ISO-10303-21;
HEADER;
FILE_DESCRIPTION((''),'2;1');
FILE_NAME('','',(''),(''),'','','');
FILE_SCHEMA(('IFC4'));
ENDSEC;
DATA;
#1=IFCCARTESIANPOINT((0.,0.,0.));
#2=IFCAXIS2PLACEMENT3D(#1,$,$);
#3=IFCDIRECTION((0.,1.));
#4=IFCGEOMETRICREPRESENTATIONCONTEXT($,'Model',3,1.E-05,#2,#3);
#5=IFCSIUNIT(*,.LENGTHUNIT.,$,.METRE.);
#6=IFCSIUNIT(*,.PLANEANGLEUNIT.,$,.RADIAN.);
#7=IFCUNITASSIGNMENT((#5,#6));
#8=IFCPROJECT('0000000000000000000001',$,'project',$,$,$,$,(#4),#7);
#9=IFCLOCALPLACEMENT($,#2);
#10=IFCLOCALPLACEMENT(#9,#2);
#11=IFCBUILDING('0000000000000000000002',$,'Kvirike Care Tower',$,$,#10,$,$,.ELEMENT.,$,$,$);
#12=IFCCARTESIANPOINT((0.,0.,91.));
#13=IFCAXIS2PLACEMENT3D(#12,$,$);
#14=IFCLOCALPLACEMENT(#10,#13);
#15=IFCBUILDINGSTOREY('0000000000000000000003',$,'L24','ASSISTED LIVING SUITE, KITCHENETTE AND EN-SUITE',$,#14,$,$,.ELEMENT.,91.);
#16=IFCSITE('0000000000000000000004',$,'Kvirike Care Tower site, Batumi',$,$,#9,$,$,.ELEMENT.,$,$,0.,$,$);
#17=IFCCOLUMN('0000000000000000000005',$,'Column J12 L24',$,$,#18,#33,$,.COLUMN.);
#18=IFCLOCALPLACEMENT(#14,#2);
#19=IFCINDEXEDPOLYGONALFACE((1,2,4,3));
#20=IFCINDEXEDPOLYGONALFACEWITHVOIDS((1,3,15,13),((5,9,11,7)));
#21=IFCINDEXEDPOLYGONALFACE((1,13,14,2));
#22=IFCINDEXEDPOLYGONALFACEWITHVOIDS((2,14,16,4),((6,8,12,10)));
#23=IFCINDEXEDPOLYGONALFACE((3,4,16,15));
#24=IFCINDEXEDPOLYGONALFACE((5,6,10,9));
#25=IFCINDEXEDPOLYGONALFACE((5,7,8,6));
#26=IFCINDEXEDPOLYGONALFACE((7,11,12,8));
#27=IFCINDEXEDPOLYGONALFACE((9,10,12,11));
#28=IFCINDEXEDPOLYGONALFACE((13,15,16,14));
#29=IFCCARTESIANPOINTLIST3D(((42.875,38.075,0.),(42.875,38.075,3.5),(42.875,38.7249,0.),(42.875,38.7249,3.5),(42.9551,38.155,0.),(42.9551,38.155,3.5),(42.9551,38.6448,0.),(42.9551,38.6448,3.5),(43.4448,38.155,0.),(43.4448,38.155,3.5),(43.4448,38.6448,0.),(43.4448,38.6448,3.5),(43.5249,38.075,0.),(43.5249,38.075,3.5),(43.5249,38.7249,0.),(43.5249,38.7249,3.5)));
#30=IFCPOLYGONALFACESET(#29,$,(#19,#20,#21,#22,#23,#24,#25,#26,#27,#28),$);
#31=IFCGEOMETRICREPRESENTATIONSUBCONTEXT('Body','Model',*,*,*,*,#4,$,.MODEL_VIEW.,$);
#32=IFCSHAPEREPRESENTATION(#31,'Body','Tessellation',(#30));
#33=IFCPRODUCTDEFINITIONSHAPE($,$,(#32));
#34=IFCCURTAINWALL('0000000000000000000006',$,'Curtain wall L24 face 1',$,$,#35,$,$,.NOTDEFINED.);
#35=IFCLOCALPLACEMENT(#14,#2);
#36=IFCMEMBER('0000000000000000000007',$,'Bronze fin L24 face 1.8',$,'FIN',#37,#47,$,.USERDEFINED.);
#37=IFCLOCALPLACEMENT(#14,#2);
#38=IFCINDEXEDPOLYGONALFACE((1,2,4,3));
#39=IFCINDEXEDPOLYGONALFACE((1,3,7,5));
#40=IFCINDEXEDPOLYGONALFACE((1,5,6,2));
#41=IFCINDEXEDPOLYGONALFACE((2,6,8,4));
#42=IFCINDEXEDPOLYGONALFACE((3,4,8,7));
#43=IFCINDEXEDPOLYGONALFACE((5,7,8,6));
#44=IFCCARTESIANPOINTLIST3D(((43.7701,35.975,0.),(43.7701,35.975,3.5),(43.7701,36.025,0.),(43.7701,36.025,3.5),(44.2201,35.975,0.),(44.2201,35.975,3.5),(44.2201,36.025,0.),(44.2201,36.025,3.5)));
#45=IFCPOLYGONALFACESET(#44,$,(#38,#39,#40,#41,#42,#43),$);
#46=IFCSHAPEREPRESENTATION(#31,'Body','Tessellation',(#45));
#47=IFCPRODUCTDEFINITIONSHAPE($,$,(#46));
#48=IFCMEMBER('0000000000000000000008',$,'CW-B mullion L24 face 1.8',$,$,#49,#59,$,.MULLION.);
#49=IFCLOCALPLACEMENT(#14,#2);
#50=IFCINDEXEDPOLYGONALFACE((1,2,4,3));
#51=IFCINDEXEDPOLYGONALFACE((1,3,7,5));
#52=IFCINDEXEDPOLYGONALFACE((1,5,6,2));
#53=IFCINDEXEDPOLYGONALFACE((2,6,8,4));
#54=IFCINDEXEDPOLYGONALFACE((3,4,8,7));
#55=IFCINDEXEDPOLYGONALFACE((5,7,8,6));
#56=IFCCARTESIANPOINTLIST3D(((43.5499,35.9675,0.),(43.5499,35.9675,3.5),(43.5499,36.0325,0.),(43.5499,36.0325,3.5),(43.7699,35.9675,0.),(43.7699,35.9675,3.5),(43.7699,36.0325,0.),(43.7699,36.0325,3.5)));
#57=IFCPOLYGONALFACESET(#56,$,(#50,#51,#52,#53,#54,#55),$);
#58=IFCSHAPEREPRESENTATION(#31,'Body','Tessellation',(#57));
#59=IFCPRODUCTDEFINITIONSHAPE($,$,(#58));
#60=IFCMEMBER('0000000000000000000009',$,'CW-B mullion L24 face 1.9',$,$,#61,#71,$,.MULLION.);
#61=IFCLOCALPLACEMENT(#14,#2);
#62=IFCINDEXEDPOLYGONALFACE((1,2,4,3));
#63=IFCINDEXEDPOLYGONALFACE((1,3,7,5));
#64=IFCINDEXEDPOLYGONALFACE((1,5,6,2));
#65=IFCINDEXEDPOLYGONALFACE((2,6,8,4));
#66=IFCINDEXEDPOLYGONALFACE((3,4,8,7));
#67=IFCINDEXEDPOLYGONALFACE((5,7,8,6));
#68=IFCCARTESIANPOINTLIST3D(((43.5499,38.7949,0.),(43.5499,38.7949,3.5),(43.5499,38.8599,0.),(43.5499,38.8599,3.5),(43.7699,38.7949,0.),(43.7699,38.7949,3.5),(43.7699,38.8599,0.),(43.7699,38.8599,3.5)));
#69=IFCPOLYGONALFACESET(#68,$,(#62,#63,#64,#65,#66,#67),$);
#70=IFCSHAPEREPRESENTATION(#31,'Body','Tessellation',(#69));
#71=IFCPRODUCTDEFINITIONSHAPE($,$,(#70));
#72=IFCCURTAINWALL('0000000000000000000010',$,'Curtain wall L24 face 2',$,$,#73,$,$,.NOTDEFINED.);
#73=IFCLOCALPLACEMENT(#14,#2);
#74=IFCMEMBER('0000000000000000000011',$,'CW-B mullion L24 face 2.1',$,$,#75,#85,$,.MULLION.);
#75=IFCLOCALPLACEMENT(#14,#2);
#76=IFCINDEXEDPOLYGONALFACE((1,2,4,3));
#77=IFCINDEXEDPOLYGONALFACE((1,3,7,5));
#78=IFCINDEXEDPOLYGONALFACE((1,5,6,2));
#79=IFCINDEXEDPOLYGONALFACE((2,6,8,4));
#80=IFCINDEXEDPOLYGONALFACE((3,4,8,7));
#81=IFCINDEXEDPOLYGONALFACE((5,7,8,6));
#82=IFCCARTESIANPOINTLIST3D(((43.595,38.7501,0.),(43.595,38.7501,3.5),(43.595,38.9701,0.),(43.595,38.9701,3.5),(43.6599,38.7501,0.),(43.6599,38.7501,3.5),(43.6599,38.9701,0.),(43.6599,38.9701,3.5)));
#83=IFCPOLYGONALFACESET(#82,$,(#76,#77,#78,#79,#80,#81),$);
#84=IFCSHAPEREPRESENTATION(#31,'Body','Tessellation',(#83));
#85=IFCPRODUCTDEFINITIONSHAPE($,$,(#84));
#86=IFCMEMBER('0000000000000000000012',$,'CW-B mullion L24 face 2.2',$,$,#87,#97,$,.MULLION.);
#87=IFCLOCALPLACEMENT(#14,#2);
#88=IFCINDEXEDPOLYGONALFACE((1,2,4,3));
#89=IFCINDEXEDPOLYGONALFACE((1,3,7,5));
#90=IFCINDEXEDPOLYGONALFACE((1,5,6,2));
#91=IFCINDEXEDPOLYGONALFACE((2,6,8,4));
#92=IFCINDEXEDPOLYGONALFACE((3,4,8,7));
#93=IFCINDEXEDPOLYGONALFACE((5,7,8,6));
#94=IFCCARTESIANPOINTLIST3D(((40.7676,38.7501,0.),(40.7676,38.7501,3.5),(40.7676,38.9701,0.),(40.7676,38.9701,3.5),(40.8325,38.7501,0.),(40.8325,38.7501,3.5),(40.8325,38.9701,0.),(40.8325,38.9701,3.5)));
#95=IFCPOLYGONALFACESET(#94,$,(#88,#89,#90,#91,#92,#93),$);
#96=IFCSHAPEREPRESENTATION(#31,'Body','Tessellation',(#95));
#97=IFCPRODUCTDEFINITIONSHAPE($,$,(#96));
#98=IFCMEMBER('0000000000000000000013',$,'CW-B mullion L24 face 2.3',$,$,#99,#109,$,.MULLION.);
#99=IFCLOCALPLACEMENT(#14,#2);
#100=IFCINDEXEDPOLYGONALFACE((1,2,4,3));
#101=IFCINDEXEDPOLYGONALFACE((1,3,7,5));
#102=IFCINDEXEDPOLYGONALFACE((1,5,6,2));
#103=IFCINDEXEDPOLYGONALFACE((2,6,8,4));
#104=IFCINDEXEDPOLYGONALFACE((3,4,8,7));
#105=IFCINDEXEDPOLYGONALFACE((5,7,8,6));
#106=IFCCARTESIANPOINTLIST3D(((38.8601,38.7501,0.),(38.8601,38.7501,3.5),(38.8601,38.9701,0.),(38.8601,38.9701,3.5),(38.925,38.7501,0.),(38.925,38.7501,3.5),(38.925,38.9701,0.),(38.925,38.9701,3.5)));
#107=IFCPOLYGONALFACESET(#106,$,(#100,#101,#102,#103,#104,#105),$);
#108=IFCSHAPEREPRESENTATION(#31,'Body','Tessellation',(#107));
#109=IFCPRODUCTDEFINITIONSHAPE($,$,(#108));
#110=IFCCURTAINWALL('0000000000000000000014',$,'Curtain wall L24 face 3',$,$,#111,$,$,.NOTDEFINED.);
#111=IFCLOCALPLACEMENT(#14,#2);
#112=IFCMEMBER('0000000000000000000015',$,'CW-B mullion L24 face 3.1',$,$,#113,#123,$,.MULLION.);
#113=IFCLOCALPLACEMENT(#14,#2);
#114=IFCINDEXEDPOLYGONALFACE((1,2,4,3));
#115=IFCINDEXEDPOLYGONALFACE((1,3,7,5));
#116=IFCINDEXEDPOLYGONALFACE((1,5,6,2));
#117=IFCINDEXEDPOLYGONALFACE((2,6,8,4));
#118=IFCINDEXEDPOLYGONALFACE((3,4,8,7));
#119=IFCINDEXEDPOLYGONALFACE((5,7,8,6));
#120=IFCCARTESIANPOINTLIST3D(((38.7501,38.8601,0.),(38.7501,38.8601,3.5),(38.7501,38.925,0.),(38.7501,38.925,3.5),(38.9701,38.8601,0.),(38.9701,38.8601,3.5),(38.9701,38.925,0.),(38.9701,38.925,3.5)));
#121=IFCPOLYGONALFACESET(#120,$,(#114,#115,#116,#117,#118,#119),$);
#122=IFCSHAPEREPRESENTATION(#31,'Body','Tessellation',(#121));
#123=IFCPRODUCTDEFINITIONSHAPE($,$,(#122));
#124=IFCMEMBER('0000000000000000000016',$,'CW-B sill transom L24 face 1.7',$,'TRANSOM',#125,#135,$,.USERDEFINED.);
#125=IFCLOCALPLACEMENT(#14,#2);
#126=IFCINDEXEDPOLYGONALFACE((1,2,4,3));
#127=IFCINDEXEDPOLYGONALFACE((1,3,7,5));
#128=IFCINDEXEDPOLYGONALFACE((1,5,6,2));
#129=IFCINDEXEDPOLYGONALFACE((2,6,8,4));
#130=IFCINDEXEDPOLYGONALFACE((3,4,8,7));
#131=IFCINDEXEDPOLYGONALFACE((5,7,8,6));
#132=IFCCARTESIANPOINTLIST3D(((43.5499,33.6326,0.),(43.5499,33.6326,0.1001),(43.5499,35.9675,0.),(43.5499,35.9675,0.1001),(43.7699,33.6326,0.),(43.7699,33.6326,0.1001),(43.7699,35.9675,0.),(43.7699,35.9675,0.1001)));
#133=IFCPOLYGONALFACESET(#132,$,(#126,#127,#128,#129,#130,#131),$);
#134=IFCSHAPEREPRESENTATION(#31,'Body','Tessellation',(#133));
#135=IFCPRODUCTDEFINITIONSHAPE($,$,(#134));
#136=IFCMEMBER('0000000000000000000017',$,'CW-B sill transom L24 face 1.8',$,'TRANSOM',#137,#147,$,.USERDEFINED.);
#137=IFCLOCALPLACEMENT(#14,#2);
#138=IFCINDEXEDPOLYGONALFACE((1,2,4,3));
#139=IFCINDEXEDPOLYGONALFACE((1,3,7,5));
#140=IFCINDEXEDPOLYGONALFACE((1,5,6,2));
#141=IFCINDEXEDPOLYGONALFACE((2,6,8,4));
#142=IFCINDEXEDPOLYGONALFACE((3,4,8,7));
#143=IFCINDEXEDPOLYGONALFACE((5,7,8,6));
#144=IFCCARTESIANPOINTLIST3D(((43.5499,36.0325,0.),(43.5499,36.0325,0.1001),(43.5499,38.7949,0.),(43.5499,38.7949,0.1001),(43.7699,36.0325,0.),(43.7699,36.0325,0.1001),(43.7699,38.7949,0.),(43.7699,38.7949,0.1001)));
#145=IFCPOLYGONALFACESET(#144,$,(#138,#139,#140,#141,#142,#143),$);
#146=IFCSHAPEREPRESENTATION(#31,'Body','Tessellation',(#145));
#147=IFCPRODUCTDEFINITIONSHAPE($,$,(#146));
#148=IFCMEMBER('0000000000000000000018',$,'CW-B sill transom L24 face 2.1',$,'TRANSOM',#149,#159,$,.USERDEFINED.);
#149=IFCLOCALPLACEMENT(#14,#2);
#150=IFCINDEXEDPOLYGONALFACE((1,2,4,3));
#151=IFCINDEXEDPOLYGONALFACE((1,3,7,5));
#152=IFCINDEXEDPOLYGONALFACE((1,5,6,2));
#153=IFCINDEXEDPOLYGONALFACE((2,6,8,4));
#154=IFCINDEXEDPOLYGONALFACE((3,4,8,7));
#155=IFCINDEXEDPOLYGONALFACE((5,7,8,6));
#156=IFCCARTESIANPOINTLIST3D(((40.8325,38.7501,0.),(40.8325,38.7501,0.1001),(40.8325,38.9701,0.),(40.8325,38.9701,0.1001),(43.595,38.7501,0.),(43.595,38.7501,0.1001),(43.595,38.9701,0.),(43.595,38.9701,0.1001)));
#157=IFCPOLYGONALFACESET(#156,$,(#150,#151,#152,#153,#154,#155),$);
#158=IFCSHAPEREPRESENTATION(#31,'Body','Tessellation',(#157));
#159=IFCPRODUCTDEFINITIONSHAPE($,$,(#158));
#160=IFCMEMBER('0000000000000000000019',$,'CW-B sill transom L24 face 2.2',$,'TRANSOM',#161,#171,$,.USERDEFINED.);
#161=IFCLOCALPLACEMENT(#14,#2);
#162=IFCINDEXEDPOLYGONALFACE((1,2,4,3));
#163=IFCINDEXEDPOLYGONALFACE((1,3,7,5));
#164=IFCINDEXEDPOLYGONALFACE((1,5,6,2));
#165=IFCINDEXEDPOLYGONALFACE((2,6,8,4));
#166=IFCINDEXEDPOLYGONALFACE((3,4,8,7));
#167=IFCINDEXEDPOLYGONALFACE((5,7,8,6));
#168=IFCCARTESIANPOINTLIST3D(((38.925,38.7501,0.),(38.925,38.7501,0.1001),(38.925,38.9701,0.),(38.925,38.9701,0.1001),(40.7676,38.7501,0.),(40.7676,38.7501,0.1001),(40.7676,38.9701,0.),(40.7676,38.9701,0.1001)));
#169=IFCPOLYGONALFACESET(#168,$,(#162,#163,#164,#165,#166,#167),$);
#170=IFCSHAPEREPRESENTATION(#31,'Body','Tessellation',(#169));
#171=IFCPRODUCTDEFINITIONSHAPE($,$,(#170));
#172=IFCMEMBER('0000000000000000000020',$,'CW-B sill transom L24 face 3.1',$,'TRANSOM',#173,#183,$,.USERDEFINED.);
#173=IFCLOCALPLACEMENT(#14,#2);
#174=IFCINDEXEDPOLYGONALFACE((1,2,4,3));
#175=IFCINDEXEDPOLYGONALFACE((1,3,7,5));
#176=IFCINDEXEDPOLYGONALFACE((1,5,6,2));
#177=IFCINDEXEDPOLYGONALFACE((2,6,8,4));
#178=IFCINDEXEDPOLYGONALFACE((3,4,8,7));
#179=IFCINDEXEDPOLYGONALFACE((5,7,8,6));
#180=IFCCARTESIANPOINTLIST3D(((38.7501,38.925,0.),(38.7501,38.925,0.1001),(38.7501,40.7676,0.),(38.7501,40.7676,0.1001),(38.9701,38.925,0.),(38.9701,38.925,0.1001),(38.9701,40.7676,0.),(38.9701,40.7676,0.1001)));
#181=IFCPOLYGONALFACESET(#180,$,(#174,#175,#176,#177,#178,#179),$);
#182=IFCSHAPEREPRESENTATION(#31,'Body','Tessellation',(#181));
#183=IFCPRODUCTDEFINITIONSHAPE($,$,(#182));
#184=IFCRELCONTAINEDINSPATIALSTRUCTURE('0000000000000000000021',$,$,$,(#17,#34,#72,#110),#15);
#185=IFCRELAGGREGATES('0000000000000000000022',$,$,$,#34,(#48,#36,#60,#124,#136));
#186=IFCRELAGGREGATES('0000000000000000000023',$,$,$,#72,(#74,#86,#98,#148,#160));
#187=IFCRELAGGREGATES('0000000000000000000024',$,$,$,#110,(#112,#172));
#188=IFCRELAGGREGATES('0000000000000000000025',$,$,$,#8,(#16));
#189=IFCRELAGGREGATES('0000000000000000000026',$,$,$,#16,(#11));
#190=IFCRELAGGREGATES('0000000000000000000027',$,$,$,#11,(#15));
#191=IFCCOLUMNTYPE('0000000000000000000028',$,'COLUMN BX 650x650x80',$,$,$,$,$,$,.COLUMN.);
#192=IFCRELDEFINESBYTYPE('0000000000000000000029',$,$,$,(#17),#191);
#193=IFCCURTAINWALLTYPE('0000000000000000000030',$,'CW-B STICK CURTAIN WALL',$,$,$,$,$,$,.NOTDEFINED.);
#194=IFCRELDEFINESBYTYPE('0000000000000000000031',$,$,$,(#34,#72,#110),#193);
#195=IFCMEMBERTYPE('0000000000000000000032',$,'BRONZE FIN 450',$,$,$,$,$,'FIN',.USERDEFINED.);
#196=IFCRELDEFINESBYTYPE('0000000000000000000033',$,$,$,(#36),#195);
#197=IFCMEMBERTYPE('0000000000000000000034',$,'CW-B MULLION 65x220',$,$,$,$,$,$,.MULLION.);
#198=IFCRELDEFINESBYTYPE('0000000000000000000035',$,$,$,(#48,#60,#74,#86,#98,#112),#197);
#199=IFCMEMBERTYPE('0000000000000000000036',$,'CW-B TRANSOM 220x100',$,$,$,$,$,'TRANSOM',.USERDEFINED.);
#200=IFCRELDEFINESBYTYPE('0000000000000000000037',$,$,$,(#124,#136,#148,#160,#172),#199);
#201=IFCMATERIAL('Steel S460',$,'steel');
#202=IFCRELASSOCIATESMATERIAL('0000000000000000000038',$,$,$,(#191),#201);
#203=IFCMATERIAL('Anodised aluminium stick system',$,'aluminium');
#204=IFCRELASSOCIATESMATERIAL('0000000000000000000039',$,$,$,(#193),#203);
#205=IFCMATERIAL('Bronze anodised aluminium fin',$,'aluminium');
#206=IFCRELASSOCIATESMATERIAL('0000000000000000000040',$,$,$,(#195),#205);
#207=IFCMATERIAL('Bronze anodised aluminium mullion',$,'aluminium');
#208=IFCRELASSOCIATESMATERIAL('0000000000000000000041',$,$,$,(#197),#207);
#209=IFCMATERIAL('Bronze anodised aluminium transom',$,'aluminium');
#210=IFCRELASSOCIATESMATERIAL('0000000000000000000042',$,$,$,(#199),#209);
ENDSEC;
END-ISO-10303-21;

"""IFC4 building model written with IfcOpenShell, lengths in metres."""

from ifc_helpers import new_model, si_unit, direction, frame, origin, origin_2d, place, context, subcontext, project, spatial, rectangle, hollow_rectangle, extrude, material, material_profile, profile_set, type_object, element, aggregate, save


model = new_model("IFC4")

# Units and contexts
model_context = context("Model", 3, precision=1e-05, world=origin(), true_north=direction((0.0, 1.0)))
body_context = subcontext(model_context, "Body", "Model", "MODEL_VIEW")
ifc_project = project(units=[si_unit("LENGTHUNIT", "METRE"), si_unit("PLANEANGLEUNIT", "RADIAN")], contexts=[model_context])

# Site, building, storey
site_placement = place(None, origin())
site = spatial("IfcSite", under=ifc_project, at=site_placement, Name="Kvirike Care Tower site, Batumi", CompositionType="ELEMENT", RefElevation=0.0)
building_placement = place(site_placement, origin())
building = spatial("IfcBuilding", under=site, at=building_placement, Name="Kvirike Care Tower", CompositionType="ELEMENT")
storey_placement = place(building_placement, frame((0.0, 0.0, 91.0)))
storey = spatial("IfcBuildingStorey", under=building, at=storey_placement, Name="L24", Description="ASSISTED LIVING SUITE, KITCHENETTE AND EN-SUITE", CompositionType="ELEMENT", Elevation=91.0)

# Column
ifc_material_1 = material(Name="Steel S460", Category="steel")
ifc_material_profile_1 = material_profile(ifc_material_1, hollow_rectangle(XDim=0.6499, YDim=0.6499, WallThickness=0.0801, at=origin_2d()), Name="BX 650x650x80")
ifc_profile_set_1 = profile_set([ifc_material_profile_1], Name="Steel S460")
column_type = type_object("IfcColumnType", Name="COLUMN BX 650x650x80", PredefinedType="COLUMN", material=ifc_profile_set_1)
column_placement = place(storey_placement, frame((43.2, 38.3999, 0.0), z_axis=(0.0, 0.0, 1.0), x_axis=(0.0, 1.0, 0.0)))
element("IfcColumn", 1, at=column_placement, inside=storey, type_object=column_type, Name="Column J12 L24", PredefinedType="COLUMN", context=body_context, shape_type="SweptSolid", body=[
    extrude(hollow_rectangle(XDim=0.6499, YDim=0.6499, WallThickness=0.0801, at=origin_2d()), origin(), (0.0, 0.0, 1.0), 3.5),
])

# Curtain walls, members
ifc_material_2 = material(Name="Anodised aluminium stick system", Category="aluminium")
curtain_wall_type = type_object("IfcCurtainWallType", Name="CW-B STICK CURTAIN WALL", PredefinedType="NOTDEFINED", material=ifc_material_2)
curtain_wall_1_placement = place(storey_placement, origin())
curtain_wall_1 = element("IfcCurtainWall", 2, at=curtain_wall_1_placement, inside=storey, type_object=curtain_wall_type, Name="Curtain wall L24 face 1", PredefinedType="NOTDEFINED")
ifc_material_3 = material(Name="Bronze anodised aluminium fin", Category="aluminium")
ifc_material_profile_2 = material_profile(ifc_material_3, rectangle(XDim=0.05, YDim=0.45, at=origin_2d()), Name="BRONZE FIN 450")
ifc_profile_set_2 = profile_set([ifc_material_profile_2], Name="Bronze anodised aluminium fin")
member_type_1 = type_object("IfcMemberType", Name="BRONZE FIN 450", ElementType="FIN", PredefinedType="USERDEFINED", material=ifc_profile_set_2)
member_1_placement = place(storey_placement, frame((43.9951, 36.0, 0.0), z_axis=(0.0, 0.0, 1.0), x_axis=(0.0, 1.0, 0.0)))
member_1 = element("IfcMember", 3, at=member_1_placement, type_object=member_type_1, Name="Bronze fin L24 face 1.8", ObjectType="FIN", PredefinedType="USERDEFINED", context=body_context, shape_type="SweptSolid", body=[
    extrude(rectangle(XDim=0.05, YDim=0.45, at=origin_2d()), origin(), (0.0, 0.0, 1.0), 3.5),
])
ifc_material_4 = material(Name="Bronze anodised aluminium mullion", Category="aluminium")
ifc_material_profile_3 = material_profile(ifc_material_4, rectangle(XDim=0.0649, YDim=0.22, at=origin_2d()), Name="CW-B MULLION 65x220")
ifc_profile_set_3 = profile_set([ifc_material_profile_3], Name="Bronze anodised aluminium mullion")
member_type_2 = type_object("IfcMemberType", Name="CW-B MULLION 65x220", PredefinedType="MULLION", material=ifc_profile_set_3)
member_2_placement = place(storey_placement, frame((43.6599, 36.0, 0.0), z_axis=(0.0, 0.0, 1.0), x_axis=(0.0, 1.0, 0.0)))
member_2 = element("IfcMember", 4, at=member_2_placement, type_object=member_type_2, Name="CW-B mullion L24 face 1.8", PredefinedType="MULLION", context=body_context, shape_type="SweptSolid", body=[
    extrude(rectangle(XDim=0.0649, YDim=0.22, at=origin_2d()), origin(), (0.0, 0.0, 1.0), 3.5),
])
member_3_placement = place(storey_placement, frame((43.6599, 38.8274, 0.0), z_axis=(0.0, 0.0, 1.0), x_axis=(0.0, 1.0, 0.0)))
member_3 = element("IfcMember", 5, at=member_3_placement, type_object=member_type_2, Name="CW-B mullion L24 face 1.9", PredefinedType="MULLION", context=body_context, shape_type="SweptSolid", body=[
    extrude(rectangle(XDim=0.0649, YDim=0.22, at=origin_2d()), origin(), (0.0, 0.0, 1.0), 3.5),
])
curtain_wall_2_placement = place(storey_placement, origin())
curtain_wall_2 = element("IfcCurtainWall", 6, at=curtain_wall_2_placement, inside=storey, type_object=curtain_wall_type, Name="Curtain wall L24 face 2", PredefinedType="NOTDEFINED")
member_4_placement = place(storey_placement, frame((43.6274, 38.8601, 0.0), z_axis=(0.0, 0.0, 1.0), x_axis=(-1.0, 0.0, 0.0)))
member_4 = element("IfcMember", 7, at=member_4_placement, type_object=member_type_2, Name="CW-B mullion L24 face 2.1", PredefinedType="MULLION", context=body_context, shape_type="SweptSolid", body=[
    extrude(rectangle(XDim=0.0649, YDim=0.22, at=origin_2d()), origin(), (0.0, 0.0, 1.0), 3.5),
])
member_5_placement = place(storey_placement, frame((40.8, 38.8601, 0.0), z_axis=(0.0, 0.0, 1.0), x_axis=(-1.0, 0.0, 0.0)))
member_5 = element("IfcMember", 8, at=member_5_placement, type_object=member_type_2, Name="CW-B mullion L24 face 2.2", PredefinedType="MULLION", context=body_context, shape_type="SweptSolid", body=[
    extrude(rectangle(XDim=0.0649, YDim=0.22, at=origin_2d()), origin(), (0.0, 0.0, 1.0), 3.5),
])
member_6_placement = place(storey_placement, frame((38.8926, 38.8601, 0.0), z_axis=(0.0, 0.0, 1.0), x_axis=(-1.0, 0.0, 0.0)))
member_6 = element("IfcMember", 9, at=member_6_placement, type_object=member_type_2, Name="CW-B mullion L24 face 2.3", PredefinedType="MULLION", context=body_context, shape_type="SweptSolid", body=[
    extrude(rectangle(XDim=0.0649, YDim=0.22, at=origin_2d()), origin(), (0.0, 0.0, 1.0), 3.5),
])

# Curtain wall, member
curtain_wall_3_placement = place(storey_placement, origin())
curtain_wall_3 = element("IfcCurtainWall", 10, at=curtain_wall_3_placement, inside=storey, type_object=curtain_wall_type, Name="Curtain wall L24 face 3", PredefinedType="NOTDEFINED")
member_7_placement = place(storey_placement, frame((38.8601, 38.8926, 0.0), z_axis=(0.0, 0.0, 1.0), x_axis=(0.0, 1.0, 0.0)))
member_7 = element("IfcMember", 11, at=member_7_placement, type_object=member_type_2, Name="CW-B mullion L24 face 3.1", PredefinedType="MULLION", context=body_context, shape_type="SweptSolid", body=[
    extrude(rectangle(XDim=0.0649, YDim=0.22, at=origin_2d()), origin(), (0.0, 0.0, 1.0), 3.5),
])

# Members
ifc_material_5 = material(Name="Bronze anodised aluminium transom", Category="aluminium")
ifc_material_profile_4 = material_profile(ifc_material_5, rectangle(XDim=0.22, YDim=0.1001, at=origin_2d()), Name="CW-B TRANSOM 220x100")
ifc_profile_set_4 = profile_set([ifc_material_profile_4], Name="Bronze anodised aluminium transom")
member_type_3 = type_object("IfcMemberType", Name="CW-B TRANSOM 220x100", ElementType="TRANSOM", PredefinedType="USERDEFINED", material=ifc_profile_set_4)
member_8_placement = place(storey_placement, frame((43.6599, 33.6326, 0.05), z_axis=(0.0, 1.0, 0.0), x_axis=(-1.0, 0.0, 0.0)))
member_8 = element("IfcMember", 12, at=member_8_placement, type_object=member_type_3, Name="CW-B sill transom L24 face 1.7", ObjectType="TRANSOM", PredefinedType="USERDEFINED", context=body_context, shape_type="SweptSolid", body=[
    extrude(rectangle(XDim=0.22, YDim=0.1001, at=origin_2d()), origin(), (0.0, 0.0, 1.0), 2.335),
])
member_9_placement = place(storey_placement, frame((43.6599, 36.0325, 0.05), z_axis=(0.0, 1.0, 0.0), x_axis=(-1.0, 0.0, 0.0)))
member_9 = element("IfcMember", 13, at=member_9_placement, type_object=member_type_3, Name="CW-B sill transom L24 face 1.8", ObjectType="TRANSOM", PredefinedType="USERDEFINED", context=body_context, shape_type="SweptSolid", body=[
    extrude(rectangle(XDim=0.22, YDim=0.1001, at=origin_2d()), origin(), (0.0, 0.0, 1.0), 2.7625),
])
member_10_placement = place(storey_placement, frame((43.595, 38.8601, 0.05), z_axis=(-1.0, 0.0, 0.0), x_axis=(0.0, -1.0, 0.0)))
member_10 = element("IfcMember", 14, at=member_10_placement, type_object=member_type_3, Name="CW-B sill transom L24 face 2.1", ObjectType="TRANSOM", PredefinedType="USERDEFINED", context=body_context, shape_type="SweptSolid", body=[
    extrude(rectangle(XDim=0.22, YDim=0.1001, at=origin_2d()), origin(), (0.0, 0.0, 1.0), 2.7625),
])
member_11_placement = place(storey_placement, frame((40.7676, 38.8601, 0.05), z_axis=(-1.0, 0.0, 0.0), x_axis=(0.0, -1.0, 0.0)))
member_11 = element("IfcMember", 15, at=member_11_placement, type_object=member_type_3, Name="CW-B sill transom L24 face 2.2", ObjectType="TRANSOM", PredefinedType="USERDEFINED", context=body_context, shape_type="SweptSolid", body=[
    extrude(rectangle(XDim=0.22, YDim=0.1001, at=origin_2d()), origin(), (0.0, 0.0, 1.0), 1.8425),
])
member_12_placement = place(storey_placement, frame((38.8601, 38.925, 0.05), z_axis=(0.0, 1.0, 0.0), x_axis=(-1.0, 0.0, 0.0)))
member_12 = element("IfcMember", 16, at=member_12_placement, type_object=member_type_3, Name="CW-B sill transom L24 face 3.1", ObjectType="TRANSOM", PredefinedType="USERDEFINED", context=body_context, shape_type="SweptSolid", body=[
    extrude(rectangle(XDim=0.22, YDim=0.1001, at=origin_2d()), origin(), (0.0, 0.0, 1.0), 1.8425),
])

aggregate(curtain_wall_1, [member_2, member_1, member_3, member_8, member_9])
aggregate(curtain_wall_2, [member_4, member_5, member_6, member_10, member_11])
aggregate(curtain_wall_3, [member_7, member_12])

save(model, "model.ifc")
